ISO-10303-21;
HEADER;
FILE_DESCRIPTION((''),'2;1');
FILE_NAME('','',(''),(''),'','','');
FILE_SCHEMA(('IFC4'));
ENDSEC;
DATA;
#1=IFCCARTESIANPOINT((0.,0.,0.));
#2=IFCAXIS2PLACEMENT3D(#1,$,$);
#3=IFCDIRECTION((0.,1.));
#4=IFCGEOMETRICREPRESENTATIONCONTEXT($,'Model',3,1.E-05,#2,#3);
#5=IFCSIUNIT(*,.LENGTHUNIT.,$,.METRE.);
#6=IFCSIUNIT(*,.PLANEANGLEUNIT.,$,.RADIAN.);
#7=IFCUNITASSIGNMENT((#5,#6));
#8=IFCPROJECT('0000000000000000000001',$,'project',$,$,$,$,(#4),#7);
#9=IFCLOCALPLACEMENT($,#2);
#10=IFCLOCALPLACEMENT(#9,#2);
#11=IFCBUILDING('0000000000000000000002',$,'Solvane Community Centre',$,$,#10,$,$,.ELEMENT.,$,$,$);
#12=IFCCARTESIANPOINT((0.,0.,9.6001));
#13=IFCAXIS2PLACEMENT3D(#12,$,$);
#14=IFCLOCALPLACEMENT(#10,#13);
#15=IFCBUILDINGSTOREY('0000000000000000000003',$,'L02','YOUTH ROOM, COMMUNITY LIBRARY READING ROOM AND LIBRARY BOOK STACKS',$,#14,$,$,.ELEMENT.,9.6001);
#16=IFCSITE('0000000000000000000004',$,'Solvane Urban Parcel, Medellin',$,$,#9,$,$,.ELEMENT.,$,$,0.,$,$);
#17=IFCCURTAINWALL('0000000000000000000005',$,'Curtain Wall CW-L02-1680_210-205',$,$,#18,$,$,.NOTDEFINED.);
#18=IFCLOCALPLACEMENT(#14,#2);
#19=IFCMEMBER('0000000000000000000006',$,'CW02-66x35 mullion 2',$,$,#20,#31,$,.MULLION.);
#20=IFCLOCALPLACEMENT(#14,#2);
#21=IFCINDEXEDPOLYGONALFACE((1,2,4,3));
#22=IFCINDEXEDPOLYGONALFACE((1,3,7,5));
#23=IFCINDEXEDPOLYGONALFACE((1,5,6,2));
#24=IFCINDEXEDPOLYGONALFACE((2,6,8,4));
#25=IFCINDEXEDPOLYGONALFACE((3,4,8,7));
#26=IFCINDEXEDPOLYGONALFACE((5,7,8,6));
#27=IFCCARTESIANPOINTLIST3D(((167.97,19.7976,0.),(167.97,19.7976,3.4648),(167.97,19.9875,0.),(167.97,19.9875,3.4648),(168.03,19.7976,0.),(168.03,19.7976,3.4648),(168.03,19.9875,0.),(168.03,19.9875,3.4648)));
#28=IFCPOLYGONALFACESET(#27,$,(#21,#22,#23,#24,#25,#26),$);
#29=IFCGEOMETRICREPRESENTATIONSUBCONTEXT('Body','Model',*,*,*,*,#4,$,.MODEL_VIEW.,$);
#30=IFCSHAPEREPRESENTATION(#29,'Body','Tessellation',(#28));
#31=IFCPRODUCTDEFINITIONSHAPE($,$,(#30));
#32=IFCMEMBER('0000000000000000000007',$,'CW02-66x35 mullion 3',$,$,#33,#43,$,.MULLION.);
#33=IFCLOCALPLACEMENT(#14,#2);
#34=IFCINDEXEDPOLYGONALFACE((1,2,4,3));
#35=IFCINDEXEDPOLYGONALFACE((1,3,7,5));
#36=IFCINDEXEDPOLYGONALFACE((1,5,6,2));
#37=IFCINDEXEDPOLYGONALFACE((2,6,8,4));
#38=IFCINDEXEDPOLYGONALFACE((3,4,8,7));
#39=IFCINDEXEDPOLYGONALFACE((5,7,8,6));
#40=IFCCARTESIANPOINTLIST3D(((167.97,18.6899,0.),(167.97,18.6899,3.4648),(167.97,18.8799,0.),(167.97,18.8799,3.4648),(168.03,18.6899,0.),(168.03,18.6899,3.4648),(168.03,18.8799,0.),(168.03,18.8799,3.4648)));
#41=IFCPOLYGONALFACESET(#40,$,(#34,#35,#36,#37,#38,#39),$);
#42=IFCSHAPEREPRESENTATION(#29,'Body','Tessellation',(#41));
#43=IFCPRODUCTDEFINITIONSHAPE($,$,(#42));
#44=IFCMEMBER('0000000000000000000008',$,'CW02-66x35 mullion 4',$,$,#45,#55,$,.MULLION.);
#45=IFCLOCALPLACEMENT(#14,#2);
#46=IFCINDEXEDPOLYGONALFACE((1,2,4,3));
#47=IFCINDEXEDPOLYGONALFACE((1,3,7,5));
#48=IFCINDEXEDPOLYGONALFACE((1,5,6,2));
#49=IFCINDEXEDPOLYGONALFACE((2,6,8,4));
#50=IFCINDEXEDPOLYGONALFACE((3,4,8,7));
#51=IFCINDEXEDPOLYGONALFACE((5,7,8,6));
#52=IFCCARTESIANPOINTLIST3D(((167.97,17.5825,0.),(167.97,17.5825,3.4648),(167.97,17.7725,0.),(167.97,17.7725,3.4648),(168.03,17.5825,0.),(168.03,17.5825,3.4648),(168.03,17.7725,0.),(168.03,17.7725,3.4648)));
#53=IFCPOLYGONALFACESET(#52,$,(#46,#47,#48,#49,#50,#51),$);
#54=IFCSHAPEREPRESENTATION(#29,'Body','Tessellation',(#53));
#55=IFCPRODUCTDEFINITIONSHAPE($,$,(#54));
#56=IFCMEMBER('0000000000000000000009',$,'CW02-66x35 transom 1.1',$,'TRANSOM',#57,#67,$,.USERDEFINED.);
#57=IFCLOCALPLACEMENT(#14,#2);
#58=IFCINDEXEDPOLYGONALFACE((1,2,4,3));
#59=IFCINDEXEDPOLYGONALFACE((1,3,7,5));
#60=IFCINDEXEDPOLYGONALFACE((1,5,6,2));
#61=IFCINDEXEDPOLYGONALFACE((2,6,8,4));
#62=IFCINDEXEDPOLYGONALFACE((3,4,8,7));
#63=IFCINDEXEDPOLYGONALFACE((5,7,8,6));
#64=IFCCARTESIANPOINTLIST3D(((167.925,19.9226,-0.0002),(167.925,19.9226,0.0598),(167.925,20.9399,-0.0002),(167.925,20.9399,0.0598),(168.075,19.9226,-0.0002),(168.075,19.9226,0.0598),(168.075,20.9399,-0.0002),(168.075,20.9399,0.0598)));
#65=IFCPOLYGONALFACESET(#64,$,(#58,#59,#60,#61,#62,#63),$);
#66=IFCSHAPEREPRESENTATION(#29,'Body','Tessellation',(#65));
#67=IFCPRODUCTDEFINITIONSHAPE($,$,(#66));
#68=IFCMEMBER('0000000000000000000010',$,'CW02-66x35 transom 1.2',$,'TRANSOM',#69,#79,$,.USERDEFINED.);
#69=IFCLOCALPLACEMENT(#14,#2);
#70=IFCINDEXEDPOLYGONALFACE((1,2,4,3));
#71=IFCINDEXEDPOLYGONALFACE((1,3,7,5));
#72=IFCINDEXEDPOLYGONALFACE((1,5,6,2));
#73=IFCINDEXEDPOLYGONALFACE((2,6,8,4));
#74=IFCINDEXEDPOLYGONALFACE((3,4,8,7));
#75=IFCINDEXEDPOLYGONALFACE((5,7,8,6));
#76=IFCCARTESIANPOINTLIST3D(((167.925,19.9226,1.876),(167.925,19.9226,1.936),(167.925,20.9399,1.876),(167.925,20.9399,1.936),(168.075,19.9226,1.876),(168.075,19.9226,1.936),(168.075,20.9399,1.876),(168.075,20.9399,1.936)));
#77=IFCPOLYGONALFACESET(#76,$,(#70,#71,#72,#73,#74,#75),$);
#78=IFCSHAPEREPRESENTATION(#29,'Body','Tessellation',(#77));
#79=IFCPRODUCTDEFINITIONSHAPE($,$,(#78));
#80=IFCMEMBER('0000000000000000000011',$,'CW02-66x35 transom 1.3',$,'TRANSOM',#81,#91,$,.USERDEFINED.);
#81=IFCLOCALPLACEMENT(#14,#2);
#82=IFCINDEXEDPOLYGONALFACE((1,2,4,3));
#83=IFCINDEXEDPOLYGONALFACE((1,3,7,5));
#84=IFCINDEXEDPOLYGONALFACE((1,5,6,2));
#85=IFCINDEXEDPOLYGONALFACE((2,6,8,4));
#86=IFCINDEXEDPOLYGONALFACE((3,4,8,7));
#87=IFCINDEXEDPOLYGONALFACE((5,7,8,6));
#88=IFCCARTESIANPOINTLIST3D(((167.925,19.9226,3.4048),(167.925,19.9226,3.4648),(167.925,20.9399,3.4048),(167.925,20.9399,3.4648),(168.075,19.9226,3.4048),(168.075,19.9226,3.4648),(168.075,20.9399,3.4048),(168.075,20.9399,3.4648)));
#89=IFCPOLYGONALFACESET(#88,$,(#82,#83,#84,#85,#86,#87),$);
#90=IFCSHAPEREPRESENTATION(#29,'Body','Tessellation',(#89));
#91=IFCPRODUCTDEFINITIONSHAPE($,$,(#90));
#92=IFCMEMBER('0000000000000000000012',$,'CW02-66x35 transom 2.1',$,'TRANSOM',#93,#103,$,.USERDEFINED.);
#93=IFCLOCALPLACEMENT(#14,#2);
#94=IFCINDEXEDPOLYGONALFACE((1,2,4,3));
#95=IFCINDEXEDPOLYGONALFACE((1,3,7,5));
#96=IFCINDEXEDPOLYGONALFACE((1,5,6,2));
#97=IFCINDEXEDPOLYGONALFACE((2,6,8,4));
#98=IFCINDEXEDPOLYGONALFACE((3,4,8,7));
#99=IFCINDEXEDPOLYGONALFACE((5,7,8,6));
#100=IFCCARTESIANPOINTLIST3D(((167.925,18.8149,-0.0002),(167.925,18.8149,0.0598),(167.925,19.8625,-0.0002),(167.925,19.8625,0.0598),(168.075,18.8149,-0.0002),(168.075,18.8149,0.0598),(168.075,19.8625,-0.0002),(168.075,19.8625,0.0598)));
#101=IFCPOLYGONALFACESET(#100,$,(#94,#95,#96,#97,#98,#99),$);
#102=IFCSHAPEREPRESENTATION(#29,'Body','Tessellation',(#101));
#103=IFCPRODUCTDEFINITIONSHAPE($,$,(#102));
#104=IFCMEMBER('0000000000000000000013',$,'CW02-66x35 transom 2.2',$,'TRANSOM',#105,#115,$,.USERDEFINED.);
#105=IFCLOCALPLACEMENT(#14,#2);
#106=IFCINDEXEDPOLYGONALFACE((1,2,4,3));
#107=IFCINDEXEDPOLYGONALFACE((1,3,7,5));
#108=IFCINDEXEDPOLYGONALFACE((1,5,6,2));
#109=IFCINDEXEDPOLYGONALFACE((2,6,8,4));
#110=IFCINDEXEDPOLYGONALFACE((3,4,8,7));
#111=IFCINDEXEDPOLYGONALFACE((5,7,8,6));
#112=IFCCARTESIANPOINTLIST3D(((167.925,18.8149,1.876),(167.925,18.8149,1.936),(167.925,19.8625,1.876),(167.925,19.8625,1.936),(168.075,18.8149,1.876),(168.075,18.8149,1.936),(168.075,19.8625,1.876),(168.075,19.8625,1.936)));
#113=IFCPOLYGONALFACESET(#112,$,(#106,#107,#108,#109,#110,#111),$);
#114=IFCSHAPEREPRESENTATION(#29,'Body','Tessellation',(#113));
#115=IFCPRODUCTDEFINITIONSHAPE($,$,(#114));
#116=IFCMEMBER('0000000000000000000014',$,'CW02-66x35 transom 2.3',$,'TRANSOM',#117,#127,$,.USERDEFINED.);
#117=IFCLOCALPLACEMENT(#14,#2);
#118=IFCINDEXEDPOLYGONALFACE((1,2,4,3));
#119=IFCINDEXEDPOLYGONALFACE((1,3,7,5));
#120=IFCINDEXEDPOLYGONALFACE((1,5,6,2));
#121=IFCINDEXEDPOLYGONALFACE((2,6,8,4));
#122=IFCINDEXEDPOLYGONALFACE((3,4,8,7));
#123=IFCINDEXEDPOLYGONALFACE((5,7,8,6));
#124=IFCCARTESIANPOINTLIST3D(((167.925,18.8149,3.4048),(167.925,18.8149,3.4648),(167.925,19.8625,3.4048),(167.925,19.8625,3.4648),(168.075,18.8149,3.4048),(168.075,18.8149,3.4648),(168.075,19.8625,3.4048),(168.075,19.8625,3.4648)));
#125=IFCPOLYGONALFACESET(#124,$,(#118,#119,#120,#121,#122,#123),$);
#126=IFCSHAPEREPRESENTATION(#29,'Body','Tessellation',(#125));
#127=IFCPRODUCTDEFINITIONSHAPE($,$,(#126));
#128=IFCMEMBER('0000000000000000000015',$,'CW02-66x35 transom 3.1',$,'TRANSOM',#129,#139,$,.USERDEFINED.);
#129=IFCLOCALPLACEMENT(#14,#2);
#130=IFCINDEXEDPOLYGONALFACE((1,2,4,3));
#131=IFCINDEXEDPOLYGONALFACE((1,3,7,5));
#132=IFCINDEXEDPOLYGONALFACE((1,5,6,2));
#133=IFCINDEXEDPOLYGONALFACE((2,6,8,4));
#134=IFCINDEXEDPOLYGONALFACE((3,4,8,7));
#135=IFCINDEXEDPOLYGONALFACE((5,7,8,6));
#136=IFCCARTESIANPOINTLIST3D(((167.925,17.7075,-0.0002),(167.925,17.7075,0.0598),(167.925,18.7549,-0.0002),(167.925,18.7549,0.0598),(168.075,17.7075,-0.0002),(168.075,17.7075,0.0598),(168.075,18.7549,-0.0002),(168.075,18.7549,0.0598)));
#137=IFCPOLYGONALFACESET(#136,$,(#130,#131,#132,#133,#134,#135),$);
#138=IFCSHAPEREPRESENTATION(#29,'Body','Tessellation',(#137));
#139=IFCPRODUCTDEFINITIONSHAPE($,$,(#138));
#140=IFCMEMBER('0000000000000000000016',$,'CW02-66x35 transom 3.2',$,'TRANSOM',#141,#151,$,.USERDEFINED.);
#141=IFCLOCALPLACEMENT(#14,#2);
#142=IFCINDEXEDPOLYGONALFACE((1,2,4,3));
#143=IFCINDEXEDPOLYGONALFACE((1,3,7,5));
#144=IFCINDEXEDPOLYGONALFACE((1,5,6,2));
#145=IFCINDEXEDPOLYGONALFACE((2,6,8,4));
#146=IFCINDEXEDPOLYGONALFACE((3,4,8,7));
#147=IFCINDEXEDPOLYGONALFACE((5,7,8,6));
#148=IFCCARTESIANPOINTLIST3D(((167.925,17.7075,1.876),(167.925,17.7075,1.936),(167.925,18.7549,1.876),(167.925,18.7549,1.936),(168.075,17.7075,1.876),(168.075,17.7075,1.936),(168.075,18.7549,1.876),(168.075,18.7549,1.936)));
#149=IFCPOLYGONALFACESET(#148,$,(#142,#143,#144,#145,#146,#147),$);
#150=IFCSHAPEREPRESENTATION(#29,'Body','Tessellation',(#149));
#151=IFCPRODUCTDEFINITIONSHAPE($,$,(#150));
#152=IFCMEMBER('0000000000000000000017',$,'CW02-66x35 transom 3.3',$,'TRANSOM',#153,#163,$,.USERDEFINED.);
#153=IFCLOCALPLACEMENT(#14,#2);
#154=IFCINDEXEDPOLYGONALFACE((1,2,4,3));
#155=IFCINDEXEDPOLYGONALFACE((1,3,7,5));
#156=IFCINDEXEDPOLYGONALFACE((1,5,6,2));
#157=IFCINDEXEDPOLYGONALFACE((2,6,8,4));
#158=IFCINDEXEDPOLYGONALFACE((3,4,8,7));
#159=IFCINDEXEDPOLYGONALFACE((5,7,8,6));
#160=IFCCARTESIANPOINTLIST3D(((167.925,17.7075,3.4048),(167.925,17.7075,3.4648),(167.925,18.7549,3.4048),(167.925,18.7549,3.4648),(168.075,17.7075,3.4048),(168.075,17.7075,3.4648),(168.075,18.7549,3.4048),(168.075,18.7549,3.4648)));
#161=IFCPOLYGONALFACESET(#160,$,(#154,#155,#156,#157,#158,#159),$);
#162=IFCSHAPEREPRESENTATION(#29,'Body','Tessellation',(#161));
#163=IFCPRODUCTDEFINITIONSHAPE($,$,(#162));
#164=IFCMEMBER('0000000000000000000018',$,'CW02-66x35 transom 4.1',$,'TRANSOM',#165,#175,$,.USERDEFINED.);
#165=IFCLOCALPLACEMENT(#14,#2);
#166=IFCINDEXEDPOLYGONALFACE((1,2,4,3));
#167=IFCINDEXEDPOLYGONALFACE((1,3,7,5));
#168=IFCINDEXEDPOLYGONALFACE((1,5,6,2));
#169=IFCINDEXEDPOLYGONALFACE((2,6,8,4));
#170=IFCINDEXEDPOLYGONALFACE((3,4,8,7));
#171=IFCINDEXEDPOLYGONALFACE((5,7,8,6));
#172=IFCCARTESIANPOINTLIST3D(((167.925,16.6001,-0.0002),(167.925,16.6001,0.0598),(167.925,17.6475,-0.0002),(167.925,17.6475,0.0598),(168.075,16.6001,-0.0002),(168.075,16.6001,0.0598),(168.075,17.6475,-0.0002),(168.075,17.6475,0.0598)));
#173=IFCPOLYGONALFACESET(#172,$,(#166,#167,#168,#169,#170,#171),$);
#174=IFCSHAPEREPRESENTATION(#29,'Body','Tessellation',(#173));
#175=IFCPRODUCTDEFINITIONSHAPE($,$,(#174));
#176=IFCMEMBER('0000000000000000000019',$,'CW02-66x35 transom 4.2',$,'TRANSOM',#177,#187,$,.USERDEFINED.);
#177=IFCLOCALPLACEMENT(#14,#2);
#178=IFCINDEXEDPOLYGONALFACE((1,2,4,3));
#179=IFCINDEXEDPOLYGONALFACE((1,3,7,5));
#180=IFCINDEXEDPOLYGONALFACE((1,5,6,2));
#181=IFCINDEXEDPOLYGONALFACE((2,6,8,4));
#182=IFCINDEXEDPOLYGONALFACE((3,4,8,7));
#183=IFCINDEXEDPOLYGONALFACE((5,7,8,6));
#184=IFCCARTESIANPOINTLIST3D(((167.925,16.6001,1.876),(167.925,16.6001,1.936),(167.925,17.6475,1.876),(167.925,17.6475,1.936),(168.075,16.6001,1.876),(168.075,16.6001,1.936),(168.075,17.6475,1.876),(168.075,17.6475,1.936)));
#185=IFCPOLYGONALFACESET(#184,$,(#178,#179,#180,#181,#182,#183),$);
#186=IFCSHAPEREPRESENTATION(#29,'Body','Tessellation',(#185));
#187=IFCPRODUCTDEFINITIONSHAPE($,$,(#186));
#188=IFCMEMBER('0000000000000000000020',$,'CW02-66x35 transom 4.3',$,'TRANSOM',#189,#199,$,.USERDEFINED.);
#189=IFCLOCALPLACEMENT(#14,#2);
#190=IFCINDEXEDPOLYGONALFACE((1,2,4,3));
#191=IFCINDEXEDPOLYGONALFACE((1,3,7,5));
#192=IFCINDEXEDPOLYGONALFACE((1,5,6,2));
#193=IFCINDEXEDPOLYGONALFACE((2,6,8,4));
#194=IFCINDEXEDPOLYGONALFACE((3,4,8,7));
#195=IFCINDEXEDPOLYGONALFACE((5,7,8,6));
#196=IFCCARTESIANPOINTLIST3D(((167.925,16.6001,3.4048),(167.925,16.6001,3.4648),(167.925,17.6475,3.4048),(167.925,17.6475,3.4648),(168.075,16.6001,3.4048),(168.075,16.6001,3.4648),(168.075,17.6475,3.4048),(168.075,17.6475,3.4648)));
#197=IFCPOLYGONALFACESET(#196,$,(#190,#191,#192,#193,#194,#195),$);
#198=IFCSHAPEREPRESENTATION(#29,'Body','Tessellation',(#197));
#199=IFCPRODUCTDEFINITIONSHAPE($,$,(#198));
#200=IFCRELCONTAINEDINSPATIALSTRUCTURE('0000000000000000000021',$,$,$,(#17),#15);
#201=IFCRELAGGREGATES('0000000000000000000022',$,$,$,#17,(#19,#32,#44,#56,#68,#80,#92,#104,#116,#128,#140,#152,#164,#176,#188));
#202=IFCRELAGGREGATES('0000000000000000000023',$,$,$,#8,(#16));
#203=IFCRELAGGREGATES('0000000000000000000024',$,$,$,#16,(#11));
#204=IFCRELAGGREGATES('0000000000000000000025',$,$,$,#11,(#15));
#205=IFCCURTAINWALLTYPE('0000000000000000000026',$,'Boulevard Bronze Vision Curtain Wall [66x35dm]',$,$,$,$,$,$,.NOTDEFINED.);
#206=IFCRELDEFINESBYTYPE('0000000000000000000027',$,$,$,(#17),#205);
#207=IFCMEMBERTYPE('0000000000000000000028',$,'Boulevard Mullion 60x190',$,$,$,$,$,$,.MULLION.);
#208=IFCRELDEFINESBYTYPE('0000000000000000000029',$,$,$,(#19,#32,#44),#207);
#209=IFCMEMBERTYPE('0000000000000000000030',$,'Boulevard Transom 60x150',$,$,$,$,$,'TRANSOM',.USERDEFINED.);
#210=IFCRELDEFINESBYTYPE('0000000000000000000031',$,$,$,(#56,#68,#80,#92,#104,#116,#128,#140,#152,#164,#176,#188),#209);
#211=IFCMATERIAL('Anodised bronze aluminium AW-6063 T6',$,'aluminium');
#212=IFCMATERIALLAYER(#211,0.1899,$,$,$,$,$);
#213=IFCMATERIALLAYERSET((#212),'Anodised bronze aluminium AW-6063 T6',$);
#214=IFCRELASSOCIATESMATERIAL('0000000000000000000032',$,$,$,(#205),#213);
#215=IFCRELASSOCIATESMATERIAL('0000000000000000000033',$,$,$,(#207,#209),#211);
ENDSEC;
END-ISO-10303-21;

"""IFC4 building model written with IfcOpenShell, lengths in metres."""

from ifc_helpers import new_model, si_unit, direction, frame, origin, origin_2d, place, context, subcontext, project, spatial, rectangle, extrude, material, layer, layer_set, material_profile, profile_set, type_object, element, aggregate, save


model = new_model("IFC4")

# Units and contexts
model_context = context("Model", 3, precision=1e-05, world=origin(), true_north=direction((0.0, 1.0)))
body_context = subcontext(model_context, "Body", "Model", "MODEL_VIEW")
ifc_project = project(units=[si_unit("LENGTHUNIT", "METRE"), si_unit("PLANEANGLEUNIT", "RADIAN")], contexts=[model_context])

# Site, building, storey
site_placement = place(None, origin())
site = spatial("IfcSite", under=ifc_project, at=site_placement, Name="Solvane Urban Parcel, Medellin", CompositionType="ELEMENT", RefElevation=0.0)
building_placement = place(site_placement, origin())
building = spatial("IfcBuilding", under=site, at=building_placement, Name="Solvane Community Centre", CompositionType="ELEMENT")
storey_placement = place(building_placement, frame((0.0, 0.0, 9.6001)))
storey = spatial("IfcBuildingStorey", under=building, at=storey_placement, Name="L02", Description="YOUTH ROOM, COMMUNITY LIBRARY READING ROOM AND LIBRARY BOOK STACKS", CompositionType="ELEMENT", Elevation=9.6001)

# Curtain wall, members
ifc_material_1 = material(Name="Anodised bronze aluminium AW-6063 T6", Category="aluminium")
ifc_layer_1 = layer(ifc_material_1, 0.1899)
ifc_layer_set_1 = layer_set([ifc_layer_1], Name="Anodised bronze aluminium AW-6063 T6")
curtain_wall_type = type_object("IfcCurtainWallType", Name="Boulevard Bronze Vision Curtain Wall [66x35dm]", PredefinedType="NOTDEFINED", material=ifc_layer_set_1)
curtain_wall_placement = place(storey_placement, origin())
curtain_wall = element("IfcCurtainWall", 1, at=curtain_wall_placement, inside=storey, type_object=curtain_wall_type, Name="Curtain Wall CW-L02-1680_210-205", PredefinedType="NOTDEFINED")
ifc_material_profile_1 = material_profile(ifc_material_1, rectangle(XDim=0.0601, YDim=0.1899, at=origin_2d()), Name="CW-M 60x190")
ifc_profile_set_1 = profile_set([ifc_material_profile_1], Name="Anodised bronze aluminium AW-6063 T6")
member_type_1 = type_object("IfcMemberType", Name="Boulevard Mullion 60x190", PredefinedType="MULLION", material=ifc_profile_set_1)
member_1_placement = place(storey_placement, frame((168.0, 19.8926, 0.0), z_axis=(0.0, 0.0, 1.0), x_axis=(1.0, 0.0, 0.0)))
member_1 = element("IfcMember", 2, at=member_1_placement, type_object=member_type_1, Name="CW02-66x35 mullion 2", PredefinedType="MULLION", context=body_context, shape_type="SweptSolid", body=[
    extrude(rectangle(XDim=0.0601, YDim=0.1899, at=origin_2d()), origin(), (0.0, 0.0, 1.0), 3.4648),
])
member_2_placement = place(storey_placement, frame((168.0, 18.7849, 0.0), z_axis=(0.0, 0.0, 1.0), x_axis=(1.0, 0.0, 0.0)))
member_2 = element("IfcMember", 3, at=member_2_placement, type_object=member_type_1, Name="CW02-66x35 mullion 3", PredefinedType="MULLION", context=body_context, shape_type="SweptSolid", body=[
    extrude(rectangle(XDim=0.0601, YDim=0.1899, at=origin_2d()), origin(), (0.0, 0.0, 1.0), 3.4648),
])
member_3_placement = place(storey_placement, frame((168.0, 17.6775, 0.0), z_axis=(0.0, 0.0, 1.0), x_axis=(1.0, 0.0, 0.0)))
member_3 = element("IfcMember", 4, at=member_3_placement, type_object=member_type_1, Name="CW02-66x35 mullion 4", PredefinedType="MULLION", context=body_context, shape_type="SweptSolid", body=[
    extrude(rectangle(XDim=0.0601, YDim=0.1899, at=origin_2d()), origin(), (0.0, 0.0, 1.0), 3.4648),
])
ifc_material_profile_2 = material_profile(ifc_material_1, rectangle(XDim=0.1499, YDim=0.0601, at=origin_2d()), Name="CW-T 60x150")
ifc_profile_set_2 = profile_set([ifc_material_profile_2], Name="Anodised bronze aluminium AW-6063 T6")
member_type_2 = type_object("IfcMemberType", Name="Boulevard Transom 60x150", ElementType="TRANSOM", PredefinedType="USERDEFINED", material=ifc_profile_set_2)
member_4_placement = place(storey_placement, frame((168.0, 20.9399, 0.0298), z_axis=(0.0, -1.0, 0.0), x_axis=(1.0, 0.0, 0.0)))
member_4 = element("IfcMember", 5, at=member_4_placement, type_object=member_type_2, Name="CW02-66x35 transom 1.1", ObjectType="TRANSOM", PredefinedType="USERDEFINED", context=body_context, shape_type="SweptSolid", body=[
    extrude(rectangle(XDim=0.1499, YDim=0.0601, at=origin_2d()), origin(), (0.0, 0.0, 1.0), 1.0173),
])
member_5_placement = place(storey_placement, frame((168.0, 20.9399, 1.906), z_axis=(0.0, -1.0, 0.0), x_axis=(1.0, 0.0, 0.0)))
member_5 = element("IfcMember", 6, at=member_5_placement, type_object=member_type_2, Name="CW02-66x35 transom 1.2", ObjectType="TRANSOM", PredefinedType="USERDEFINED", context=body_context, shape_type="SweptSolid", body=[
    extrude(rectangle(XDim=0.1499, YDim=0.0601, at=origin_2d()), origin(), (0.0, 0.0, 1.0), 1.0173),
])
member_6_placement = place(storey_placement, frame((168.0, 20.9399, 3.4348), z_axis=(0.0, -1.0, 0.0), x_axis=(1.0, 0.0, 0.0)))
member_6 = element("IfcMember", 7, at=member_6_placement, type_object=member_type_2, Name="CW02-66x35 transom 1.3", ObjectType="TRANSOM", PredefinedType="USERDEFINED", context=body_context, shape_type="SweptSolid", body=[
    extrude(rectangle(XDim=0.1499, YDim=0.0601, at=origin_2d()), origin(), (0.0, 0.0, 1.0), 1.0173),
])
member_7_placement = place(storey_placement, frame((168.0, 19.8625, 0.0298), z_axis=(0.0, -1.0, 0.0), x_axis=(1.0, 0.0, 0.0)))
member_7 = element("IfcMember", 8, at=member_7_placement, type_object=member_type_2, Name="CW02-66x35 transom 2.1", ObjectType="TRANSOM", PredefinedType="USERDEFINED", context=body_context, shape_type="SweptSolid", body=[
    extrude(rectangle(XDim=0.1499, YDim=0.0601, at=origin_2d()), origin(), (0.0, 0.0, 1.0), 1.0476),
])
member_8_placement = place(storey_placement, frame((168.0, 19.8625, 1.906), z_axis=(0.0, -1.0, 0.0), x_axis=(1.0, 0.0, 0.0)))
member_8 = element("IfcMember", 9, at=member_8_placement, type_object=member_type_2, Name="CW02-66x35 transom 2.2", ObjectType="TRANSOM", PredefinedType="USERDEFINED", context=body_context, shape_type="SweptSolid", body=[
    extrude(rectangle(XDim=0.1499, YDim=0.0601, at=origin_2d()), origin(), (0.0, 0.0, 1.0), 1.0476),
])
member_9_placement = place(storey_placement, frame((168.0, 19.8625, 3.4348), z_axis=(0.0, -1.0, 0.0), x_axis=(1.0, 0.0, 0.0)))
member_9 = element("IfcMember", 10, at=member_9_placement, type_object=member_type_2, Name="CW02-66x35 transom 2.3", ObjectType="TRANSOM", PredefinedType="USERDEFINED", context=body_context, shape_type="SweptSolid", body=[
    extrude(rectangle(XDim=0.1499, YDim=0.0601, at=origin_2d()), origin(), (0.0, 0.0, 1.0), 1.0476),
])
member_10_placement = place(storey_placement, frame((168.0, 18.7549, 0.0298), z_axis=(0.0, -1.0, 0.0), x_axis=(1.0, 0.0, 0.0)))
member_10 = element("IfcMember", 11, at=member_10_placement, type_object=member_type_2, Name="CW02-66x35 transom 3.1", ObjectType="TRANSOM", PredefinedType="USERDEFINED", context=body_context, shape_type="SweptSolid", body=[
    extrude(rectangle(XDim=0.1499, YDim=0.0601, at=origin_2d()), origin(), (0.0, 0.0, 1.0), 1.0474),
])
member_11_placement = place(storey_placement, frame((168.0, 18.7549, 1.906), z_axis=(0.0, -1.0, 0.0), x_axis=(1.0, 0.0, 0.0)))
member_11 = element("IfcMember", 12, at=member_11_placement, type_object=member_type_2, Name="CW02-66x35 transom 3.2", ObjectType="TRANSOM", PredefinedType="USERDEFINED", context=body_context, shape_type="SweptSolid", body=[
    extrude(rectangle(XDim=0.1499, YDim=0.0601, at=origin_2d()), origin(), (0.0, 0.0, 1.0), 1.0474),
])
member_12_placement = place(storey_placement, frame((168.0, 18.7549, 3.4348), z_axis=(0.0, -1.0, 0.0), x_axis=(1.0, 0.0, 0.0)))
member_12 = element("IfcMember", 13, at=member_12_placement, type_object=member_type_2, Name="CW02-66x35 transom 3.3", ObjectType="TRANSOM", PredefinedType="USERDEFINED", context=body_context, shape_type="SweptSolid", body=[
    extrude(rectangle(XDim=0.1499, YDim=0.0601, at=origin_2d()), origin(), (0.0, 0.0, 1.0), 1.0474),
])
member_13_placement = place(storey_placement, frame((168.0, 17.6475, 0.0298), z_axis=(0.0, -1.0, 0.0), x_axis=(1.0, 0.0, 0.0)))
member_13 = element("IfcMember", 14, at=member_13_placement, type_object=member_type_2, Name="CW02-66x35 transom 4.1", ObjectType="TRANSOM", PredefinedType="USERDEFINED", context=body_context, shape_type="SweptSolid", body=[
    extrude(rectangle(XDim=0.1499, YDim=0.0601, at=origin_2d()), origin(), (0.0, 0.0, 1.0), 1.0474),
])
member_14_placement = place(storey_placement, frame((168.0, 17.6475, 1.906), z_axis=(0.0, -1.0, 0.0), x_axis=(1.0, 0.0, 0.0)))
member_14 = element("IfcMember", 15, at=member_14_placement, type_object=member_type_2, Name="CW02-66x35 transom 4.2", ObjectType="TRANSOM", PredefinedType="USERDEFINED", context=body_context, shape_type="SweptSolid", body=[
    extrude(rectangle(XDim=0.1499, YDim=0.0601, at=origin_2d()), origin(), (0.0, 0.0, 1.0), 1.0474),
])
member_15_placement = place(storey_placement, frame((168.0, 17.6475, 3.4348), z_axis=(0.0, -1.0, 0.0), x_axis=(1.0, 0.0, 0.0)))
member_15 = element("IfcMember", 16, at=member_15_placement, type_object=member_type_2, Name="CW02-66x35 transom 4.3", ObjectType="TRANSOM", PredefinedType="USERDEFINED", context=body_context, shape_type="SweptSolid", body=[
    extrude(rectangle(XDim=0.1499, YDim=0.0601, at=origin_2d()), origin(), (0.0, 0.0, 1.0), 1.0474),
])
aggregate(curtain_wall, [member_1, member_2, member_3, member_4, member_5, member_6, member_7, member_8, member_9, member_10, member_11, member_12, member_13, member_14, member_15])

save(model, "model.ifc")
